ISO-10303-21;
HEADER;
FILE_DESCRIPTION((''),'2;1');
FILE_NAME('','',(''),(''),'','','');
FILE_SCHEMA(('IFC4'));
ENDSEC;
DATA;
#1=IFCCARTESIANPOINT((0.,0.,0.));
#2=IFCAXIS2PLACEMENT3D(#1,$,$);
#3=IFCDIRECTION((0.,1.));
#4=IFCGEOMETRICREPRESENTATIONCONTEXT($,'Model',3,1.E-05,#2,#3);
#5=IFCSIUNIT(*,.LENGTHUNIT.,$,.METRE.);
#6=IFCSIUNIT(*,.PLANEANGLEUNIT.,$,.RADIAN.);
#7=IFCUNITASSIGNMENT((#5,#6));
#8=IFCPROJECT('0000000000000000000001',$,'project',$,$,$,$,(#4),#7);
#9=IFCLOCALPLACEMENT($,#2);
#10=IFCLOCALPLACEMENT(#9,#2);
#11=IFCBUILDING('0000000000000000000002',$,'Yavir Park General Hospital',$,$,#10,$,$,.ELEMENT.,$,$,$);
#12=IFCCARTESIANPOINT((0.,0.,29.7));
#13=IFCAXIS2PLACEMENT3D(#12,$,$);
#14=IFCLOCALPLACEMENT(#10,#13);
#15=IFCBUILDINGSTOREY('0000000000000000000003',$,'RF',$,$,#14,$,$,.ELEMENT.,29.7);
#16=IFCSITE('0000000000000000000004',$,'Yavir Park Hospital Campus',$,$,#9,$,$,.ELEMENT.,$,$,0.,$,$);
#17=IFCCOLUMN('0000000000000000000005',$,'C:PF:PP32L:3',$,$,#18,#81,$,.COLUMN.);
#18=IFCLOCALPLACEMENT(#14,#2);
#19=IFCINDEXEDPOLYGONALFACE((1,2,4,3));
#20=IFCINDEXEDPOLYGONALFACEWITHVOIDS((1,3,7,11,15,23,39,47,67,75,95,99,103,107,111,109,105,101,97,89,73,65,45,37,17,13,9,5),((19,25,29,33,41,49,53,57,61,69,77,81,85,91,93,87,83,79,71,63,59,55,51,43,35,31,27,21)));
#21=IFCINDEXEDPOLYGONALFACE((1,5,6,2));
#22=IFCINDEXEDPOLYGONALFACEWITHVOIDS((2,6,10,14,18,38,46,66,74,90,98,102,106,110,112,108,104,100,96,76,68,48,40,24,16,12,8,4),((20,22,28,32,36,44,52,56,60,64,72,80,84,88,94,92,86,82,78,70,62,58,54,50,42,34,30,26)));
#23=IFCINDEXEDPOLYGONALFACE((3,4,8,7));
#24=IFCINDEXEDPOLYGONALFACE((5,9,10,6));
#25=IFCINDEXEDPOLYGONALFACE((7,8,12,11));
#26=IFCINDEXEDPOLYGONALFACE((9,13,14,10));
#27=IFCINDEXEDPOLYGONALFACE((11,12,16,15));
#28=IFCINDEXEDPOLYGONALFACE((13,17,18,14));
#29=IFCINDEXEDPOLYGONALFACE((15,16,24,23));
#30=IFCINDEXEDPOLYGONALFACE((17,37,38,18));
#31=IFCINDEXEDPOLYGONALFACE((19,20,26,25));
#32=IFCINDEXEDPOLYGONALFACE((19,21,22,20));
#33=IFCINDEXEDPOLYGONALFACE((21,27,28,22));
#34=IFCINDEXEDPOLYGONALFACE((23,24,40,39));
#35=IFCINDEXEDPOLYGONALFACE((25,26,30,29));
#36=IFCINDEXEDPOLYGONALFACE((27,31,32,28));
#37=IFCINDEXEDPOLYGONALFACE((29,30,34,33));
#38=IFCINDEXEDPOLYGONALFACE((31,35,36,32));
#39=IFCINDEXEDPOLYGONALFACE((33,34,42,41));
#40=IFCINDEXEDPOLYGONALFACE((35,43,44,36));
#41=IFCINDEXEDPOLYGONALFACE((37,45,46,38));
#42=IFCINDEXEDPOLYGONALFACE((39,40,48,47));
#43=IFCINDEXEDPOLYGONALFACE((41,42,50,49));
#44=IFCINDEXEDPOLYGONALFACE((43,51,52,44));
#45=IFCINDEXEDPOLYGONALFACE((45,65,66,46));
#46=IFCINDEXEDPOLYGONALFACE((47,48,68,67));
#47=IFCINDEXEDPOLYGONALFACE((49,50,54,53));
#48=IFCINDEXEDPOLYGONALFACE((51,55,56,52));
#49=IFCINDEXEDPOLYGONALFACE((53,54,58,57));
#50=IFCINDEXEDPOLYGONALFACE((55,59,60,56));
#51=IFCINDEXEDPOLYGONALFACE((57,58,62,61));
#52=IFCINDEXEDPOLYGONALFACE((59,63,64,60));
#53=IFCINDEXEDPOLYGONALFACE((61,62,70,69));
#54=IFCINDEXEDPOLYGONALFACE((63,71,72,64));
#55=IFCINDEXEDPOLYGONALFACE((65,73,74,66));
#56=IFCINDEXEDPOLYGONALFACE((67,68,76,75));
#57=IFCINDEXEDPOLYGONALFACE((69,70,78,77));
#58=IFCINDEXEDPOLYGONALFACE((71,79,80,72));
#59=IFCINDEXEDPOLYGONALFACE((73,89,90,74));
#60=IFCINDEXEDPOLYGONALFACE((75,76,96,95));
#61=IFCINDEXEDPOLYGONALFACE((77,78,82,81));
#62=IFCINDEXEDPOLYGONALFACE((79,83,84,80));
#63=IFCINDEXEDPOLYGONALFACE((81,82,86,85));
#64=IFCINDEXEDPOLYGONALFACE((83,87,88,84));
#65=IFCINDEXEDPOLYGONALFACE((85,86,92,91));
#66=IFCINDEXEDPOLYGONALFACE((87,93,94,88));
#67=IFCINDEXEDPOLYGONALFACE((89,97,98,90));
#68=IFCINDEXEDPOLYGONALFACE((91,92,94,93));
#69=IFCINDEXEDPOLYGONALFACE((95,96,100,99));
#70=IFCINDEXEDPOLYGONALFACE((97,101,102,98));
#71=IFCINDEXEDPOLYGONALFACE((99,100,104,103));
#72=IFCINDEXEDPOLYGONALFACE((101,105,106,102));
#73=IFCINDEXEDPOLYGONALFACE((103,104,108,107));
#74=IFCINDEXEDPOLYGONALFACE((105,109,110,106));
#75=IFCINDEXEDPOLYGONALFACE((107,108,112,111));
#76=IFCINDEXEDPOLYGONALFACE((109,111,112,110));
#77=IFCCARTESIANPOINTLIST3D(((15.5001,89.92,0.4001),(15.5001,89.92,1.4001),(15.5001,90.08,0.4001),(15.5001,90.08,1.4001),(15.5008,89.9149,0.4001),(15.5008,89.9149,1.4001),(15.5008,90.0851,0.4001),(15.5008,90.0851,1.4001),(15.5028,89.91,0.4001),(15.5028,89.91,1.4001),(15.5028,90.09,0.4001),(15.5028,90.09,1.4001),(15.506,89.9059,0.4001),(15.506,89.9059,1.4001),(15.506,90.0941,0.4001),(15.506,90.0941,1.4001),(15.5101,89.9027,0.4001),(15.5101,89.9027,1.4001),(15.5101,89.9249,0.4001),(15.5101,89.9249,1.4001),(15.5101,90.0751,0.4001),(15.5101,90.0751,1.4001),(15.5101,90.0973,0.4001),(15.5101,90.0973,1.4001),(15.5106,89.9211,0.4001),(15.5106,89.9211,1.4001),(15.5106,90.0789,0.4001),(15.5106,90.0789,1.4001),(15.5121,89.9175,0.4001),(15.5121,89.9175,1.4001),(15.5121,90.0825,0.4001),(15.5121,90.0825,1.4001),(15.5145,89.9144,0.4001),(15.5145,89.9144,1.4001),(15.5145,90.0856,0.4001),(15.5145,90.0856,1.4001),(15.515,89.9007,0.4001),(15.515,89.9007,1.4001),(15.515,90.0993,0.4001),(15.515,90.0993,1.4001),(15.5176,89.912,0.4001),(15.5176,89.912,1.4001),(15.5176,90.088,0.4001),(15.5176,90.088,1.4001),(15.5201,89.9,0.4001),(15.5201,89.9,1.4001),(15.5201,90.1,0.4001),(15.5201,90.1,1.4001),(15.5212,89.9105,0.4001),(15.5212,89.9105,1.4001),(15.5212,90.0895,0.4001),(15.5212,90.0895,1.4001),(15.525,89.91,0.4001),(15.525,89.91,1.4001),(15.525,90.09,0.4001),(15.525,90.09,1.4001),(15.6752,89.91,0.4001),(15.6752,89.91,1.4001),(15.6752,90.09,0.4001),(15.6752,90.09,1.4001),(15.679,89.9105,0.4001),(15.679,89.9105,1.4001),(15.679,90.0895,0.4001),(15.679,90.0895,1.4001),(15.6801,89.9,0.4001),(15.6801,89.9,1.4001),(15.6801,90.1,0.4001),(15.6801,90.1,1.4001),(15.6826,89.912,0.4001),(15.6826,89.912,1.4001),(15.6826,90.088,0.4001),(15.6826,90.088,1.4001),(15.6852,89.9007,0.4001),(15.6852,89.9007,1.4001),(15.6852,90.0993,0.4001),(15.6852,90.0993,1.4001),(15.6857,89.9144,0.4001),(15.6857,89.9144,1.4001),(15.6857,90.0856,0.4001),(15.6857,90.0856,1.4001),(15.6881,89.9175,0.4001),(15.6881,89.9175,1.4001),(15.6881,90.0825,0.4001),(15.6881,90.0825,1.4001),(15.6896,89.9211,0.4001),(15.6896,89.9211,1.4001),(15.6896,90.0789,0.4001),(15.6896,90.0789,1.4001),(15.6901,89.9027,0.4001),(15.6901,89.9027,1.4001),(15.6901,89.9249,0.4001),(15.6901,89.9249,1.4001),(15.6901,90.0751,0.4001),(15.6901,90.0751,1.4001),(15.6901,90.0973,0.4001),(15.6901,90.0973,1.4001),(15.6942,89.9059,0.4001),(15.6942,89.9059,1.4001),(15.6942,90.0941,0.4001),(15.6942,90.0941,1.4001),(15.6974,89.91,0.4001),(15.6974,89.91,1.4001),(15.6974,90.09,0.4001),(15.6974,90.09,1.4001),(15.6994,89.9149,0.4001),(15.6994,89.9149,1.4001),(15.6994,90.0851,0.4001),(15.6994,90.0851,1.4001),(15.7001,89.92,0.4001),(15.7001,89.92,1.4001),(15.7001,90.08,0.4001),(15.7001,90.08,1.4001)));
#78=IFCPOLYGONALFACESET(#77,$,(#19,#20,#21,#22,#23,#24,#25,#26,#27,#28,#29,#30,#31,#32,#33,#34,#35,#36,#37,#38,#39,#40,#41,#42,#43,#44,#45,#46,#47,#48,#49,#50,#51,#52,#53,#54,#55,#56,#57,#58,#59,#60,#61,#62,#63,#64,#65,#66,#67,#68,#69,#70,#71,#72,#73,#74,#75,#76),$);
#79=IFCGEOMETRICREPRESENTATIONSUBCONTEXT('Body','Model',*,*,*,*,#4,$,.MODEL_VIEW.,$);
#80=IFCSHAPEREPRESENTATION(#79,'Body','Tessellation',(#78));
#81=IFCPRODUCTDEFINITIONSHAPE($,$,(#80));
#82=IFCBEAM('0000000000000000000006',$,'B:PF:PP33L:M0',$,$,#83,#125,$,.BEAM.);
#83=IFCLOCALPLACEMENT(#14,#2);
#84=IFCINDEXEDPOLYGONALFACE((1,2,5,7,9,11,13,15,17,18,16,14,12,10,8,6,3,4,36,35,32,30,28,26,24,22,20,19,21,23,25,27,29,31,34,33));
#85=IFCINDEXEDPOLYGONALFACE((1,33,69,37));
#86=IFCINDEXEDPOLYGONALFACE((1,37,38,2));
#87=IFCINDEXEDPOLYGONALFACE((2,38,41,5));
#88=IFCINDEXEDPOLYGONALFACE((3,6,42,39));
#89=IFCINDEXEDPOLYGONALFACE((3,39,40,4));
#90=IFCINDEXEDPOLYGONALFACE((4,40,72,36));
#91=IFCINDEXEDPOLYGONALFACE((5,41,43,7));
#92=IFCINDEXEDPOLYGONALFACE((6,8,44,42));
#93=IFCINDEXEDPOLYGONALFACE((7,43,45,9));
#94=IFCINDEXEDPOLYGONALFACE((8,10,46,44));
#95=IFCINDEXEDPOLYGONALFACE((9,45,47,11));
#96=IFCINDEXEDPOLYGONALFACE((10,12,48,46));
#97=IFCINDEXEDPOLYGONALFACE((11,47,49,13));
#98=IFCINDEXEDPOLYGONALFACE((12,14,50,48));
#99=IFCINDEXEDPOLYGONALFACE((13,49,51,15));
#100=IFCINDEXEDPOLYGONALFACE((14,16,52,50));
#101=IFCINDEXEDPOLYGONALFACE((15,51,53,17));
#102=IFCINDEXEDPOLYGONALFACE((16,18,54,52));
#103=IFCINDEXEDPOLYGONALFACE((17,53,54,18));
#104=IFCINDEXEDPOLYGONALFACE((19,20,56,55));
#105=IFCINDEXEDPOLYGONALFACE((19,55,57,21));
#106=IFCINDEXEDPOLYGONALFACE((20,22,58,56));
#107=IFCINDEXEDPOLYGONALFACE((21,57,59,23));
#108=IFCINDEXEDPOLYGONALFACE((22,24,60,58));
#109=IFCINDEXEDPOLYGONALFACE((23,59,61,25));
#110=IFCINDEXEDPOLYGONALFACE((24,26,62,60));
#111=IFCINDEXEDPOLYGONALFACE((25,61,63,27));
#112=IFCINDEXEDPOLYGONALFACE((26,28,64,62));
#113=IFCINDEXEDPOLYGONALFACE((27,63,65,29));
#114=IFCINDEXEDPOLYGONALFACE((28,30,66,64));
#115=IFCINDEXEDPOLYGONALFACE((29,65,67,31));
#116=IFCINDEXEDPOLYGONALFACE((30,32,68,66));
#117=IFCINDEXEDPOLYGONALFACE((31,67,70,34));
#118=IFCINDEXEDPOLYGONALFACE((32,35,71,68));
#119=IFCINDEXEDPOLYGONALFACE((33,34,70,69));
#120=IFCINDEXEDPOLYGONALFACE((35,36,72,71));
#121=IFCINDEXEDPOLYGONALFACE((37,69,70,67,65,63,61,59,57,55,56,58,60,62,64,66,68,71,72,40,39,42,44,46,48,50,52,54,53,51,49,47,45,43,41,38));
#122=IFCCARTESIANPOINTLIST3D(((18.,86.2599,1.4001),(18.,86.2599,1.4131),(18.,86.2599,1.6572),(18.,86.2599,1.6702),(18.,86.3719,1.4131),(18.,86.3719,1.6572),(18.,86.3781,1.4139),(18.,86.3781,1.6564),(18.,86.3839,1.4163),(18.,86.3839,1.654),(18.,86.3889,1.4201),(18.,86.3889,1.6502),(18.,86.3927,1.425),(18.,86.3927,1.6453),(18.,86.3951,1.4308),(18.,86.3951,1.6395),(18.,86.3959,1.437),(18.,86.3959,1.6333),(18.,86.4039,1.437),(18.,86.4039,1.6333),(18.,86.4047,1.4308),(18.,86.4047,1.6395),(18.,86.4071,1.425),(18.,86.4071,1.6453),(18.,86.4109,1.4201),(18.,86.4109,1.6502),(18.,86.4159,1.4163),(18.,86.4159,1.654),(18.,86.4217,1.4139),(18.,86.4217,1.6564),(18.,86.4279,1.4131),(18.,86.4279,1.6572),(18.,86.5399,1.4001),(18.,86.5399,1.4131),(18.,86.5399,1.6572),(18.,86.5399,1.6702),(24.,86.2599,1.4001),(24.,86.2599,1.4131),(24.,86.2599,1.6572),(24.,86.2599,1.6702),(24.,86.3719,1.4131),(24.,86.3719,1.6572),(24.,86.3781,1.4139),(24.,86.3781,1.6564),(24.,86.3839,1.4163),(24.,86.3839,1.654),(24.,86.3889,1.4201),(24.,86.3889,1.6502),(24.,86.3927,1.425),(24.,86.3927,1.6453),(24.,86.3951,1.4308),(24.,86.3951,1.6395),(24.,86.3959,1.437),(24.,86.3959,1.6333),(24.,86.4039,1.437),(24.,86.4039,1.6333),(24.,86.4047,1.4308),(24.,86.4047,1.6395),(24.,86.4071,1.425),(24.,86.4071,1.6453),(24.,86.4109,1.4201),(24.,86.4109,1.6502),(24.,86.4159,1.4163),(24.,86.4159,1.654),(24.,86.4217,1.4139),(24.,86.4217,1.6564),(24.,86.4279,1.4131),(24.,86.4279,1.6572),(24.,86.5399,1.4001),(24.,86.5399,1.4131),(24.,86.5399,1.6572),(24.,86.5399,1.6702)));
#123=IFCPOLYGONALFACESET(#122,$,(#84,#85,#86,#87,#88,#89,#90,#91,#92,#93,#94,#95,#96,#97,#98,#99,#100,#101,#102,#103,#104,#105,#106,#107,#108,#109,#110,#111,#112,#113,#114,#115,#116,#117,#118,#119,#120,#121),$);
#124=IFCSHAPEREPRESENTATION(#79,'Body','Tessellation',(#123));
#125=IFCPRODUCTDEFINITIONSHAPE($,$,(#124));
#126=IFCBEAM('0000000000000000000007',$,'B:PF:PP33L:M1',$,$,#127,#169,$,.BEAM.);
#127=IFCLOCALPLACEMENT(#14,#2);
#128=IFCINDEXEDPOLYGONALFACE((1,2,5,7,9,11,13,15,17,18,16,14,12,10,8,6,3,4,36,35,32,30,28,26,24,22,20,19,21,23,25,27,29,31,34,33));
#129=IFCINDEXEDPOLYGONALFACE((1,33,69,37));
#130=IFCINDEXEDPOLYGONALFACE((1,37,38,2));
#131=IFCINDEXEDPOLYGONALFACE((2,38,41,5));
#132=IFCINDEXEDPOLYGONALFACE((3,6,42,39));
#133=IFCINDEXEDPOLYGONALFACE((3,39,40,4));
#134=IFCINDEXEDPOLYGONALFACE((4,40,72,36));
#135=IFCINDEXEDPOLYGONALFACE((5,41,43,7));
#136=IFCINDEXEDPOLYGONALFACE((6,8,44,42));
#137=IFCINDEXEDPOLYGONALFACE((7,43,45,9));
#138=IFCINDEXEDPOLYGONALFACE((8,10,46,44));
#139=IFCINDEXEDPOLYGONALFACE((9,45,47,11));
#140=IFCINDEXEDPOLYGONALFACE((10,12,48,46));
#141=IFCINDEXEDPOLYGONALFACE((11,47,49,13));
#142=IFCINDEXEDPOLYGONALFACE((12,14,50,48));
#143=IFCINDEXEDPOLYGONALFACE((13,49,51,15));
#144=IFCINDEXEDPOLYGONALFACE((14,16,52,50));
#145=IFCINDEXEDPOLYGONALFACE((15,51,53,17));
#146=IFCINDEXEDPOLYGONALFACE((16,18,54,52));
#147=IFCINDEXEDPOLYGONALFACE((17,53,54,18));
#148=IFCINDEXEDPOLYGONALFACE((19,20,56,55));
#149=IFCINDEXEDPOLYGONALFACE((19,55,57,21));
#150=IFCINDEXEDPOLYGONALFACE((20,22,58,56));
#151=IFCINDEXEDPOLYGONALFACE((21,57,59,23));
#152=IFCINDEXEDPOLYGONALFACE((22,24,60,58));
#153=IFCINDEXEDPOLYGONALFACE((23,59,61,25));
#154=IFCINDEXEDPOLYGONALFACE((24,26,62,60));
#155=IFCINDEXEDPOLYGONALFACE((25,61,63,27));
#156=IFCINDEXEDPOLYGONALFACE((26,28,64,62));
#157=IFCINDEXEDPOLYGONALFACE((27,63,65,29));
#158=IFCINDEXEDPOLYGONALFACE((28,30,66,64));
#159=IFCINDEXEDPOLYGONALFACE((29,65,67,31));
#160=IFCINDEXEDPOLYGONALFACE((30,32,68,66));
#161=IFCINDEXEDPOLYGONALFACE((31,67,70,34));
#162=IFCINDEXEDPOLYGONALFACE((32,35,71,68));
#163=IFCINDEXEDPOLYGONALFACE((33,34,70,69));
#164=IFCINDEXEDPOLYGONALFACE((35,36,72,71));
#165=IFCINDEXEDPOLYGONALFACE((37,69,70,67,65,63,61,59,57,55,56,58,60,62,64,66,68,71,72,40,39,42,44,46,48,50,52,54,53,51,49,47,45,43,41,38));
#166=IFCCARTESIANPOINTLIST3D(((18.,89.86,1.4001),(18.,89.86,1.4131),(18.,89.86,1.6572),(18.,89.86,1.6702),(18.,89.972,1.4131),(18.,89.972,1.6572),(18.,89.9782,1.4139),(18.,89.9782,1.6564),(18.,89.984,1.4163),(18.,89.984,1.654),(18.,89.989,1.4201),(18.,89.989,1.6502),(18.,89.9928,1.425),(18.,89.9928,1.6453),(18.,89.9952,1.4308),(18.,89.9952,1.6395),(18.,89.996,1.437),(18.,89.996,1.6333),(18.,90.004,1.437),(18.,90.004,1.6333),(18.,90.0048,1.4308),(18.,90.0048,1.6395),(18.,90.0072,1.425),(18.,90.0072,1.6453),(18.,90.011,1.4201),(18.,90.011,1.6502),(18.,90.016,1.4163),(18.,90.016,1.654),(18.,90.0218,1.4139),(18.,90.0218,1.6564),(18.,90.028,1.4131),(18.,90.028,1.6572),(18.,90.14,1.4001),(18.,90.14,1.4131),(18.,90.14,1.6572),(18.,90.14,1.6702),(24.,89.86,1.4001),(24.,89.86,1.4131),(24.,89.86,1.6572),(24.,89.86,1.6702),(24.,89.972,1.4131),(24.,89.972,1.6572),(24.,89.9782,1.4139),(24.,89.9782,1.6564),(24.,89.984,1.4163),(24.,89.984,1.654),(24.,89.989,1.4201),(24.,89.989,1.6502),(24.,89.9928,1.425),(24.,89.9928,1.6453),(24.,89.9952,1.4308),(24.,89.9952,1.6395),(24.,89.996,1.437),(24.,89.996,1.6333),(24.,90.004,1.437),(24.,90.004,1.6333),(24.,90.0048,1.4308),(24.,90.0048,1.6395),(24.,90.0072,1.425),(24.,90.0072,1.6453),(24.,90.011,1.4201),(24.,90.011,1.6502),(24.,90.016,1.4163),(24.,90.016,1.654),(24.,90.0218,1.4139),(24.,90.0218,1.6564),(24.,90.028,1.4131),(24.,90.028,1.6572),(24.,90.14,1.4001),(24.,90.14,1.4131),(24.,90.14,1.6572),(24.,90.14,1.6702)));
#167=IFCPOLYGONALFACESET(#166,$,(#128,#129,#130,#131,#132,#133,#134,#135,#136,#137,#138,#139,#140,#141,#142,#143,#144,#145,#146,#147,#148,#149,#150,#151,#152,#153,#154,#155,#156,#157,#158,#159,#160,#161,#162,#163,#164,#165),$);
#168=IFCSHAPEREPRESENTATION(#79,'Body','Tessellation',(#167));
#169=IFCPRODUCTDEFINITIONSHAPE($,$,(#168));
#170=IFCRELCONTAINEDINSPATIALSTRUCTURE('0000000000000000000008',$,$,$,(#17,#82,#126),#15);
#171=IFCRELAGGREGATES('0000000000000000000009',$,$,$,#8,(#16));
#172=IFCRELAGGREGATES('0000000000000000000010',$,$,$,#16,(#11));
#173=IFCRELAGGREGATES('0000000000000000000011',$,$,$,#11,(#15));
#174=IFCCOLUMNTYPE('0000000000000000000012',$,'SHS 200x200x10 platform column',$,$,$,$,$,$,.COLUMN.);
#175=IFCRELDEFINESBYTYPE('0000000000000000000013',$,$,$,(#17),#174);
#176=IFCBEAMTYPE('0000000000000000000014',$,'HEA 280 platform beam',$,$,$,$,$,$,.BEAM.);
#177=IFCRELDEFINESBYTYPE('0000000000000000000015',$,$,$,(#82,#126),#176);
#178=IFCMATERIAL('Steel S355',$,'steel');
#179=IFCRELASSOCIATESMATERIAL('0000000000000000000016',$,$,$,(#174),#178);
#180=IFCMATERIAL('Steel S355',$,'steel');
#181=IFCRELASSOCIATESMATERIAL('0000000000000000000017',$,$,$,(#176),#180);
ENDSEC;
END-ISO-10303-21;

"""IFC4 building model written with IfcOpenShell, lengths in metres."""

from ifc_helpers import new_model, si_unit, direction, frame, origin, origin_2d, place, context, subcontext, project, spatial, hollow_rectangle, i_section, extrude, material, material_profile, profile_set, type_object, element, save


model = new_model("IFC4")

# Units and contexts
model_context = context("Model", 3, precision=1e-05, world=origin(), true_north=direction((0.0, 1.0)))
body_context = subcontext(model_context, "Body", "Model", "MODEL_VIEW")
ifc_project = project(units=[si_unit("LENGTHUNIT", "METRE"), si_unit("PLANEANGLEUNIT", "RADIAN")], contexts=[model_context])

# Site, building, storey
site_placement = place(None, origin())
site = spatial("IfcSite", under=ifc_project, at=site_placement, Name="Yavir Park Hospital Campus", CompositionType="ELEMENT", RefElevation=0.0)
building_placement = place(site_placement, origin())
building = spatial("IfcBuilding", under=site, at=building_placement, Name="Yavir Park General Hospital", CompositionType="ELEMENT")
storey_placement = place(building_placement, frame((0.0, 0.0, 29.7)))
storey = spatial("IfcBuildingStorey", under=building, at=storey_placement, Name="RF", CompositionType="ELEMENT", Elevation=29.7)

# Column
ifc_material_1 = material(Name="Steel S355", Category="steel")
ifc_material_profile_1 = material_profile(ifc_material_1, hollow_rectangle(XDim=0.2, YDim=0.2, WallThickness=0.01, InnerFilletRadius=0.0149, OuterFilletRadius=0.02, at=origin_2d()), Name="SHS200x200x10")
ifc_profile_set_1 = profile_set([ifc_material_profile_1], Name="Steel S355")
column_type_1 = type_object("IfcColumnType", Name="SHS 200x200x10 platform column", PredefinedType="COLUMN", material=ifc_profile_set_1)
for number, where, z_axis, x_axis, name in (
    (1, (15.6001, 90.0, 0.4001), (0.0, 0.0, 1.0), (1.0, 0.0, 0.0), "C:PF:PP32L:3"),
):
    element("IfcColumn", number, at=place(storey_placement, frame(where, z_axis=z_axis, x_axis=x_axis)), inside=storey, type_object=column_type_1, Name=name, PredefinedType="COLUMN", context=body_context, shape_type="SweptSolid", body=[
        extrude(hollow_rectangle(XDim=0.2, YDim=0.2, WallThickness=0.01, InnerFilletRadius=0.0149, OuterFilletRadius=0.02, at=origin_2d()), origin(), (0.0, 0.0, 1.0), 1.0),
    ])

# Beams
ifc_material_2 = material(Name="Steel S355", Category="steel")
ifc_material_profile_2 = material_profile(ifc_material_2, i_section(OverallWidth=0.28, OverallDepth=0.27, WebThickness=0.0081, FlangeThickness=0.0129, FilletRadius=0.0239, at=origin_2d()), Name="HEA280")
ifc_profile_set_2 = profile_set([ifc_material_profile_2], Name="Steel S355")
beam_type_1 = type_object("IfcBeamType", Name="HEA 280 platform beam", PredefinedType="BEAM", material=ifc_profile_set_2)
for number, where, z_axis, x_axis, name in (
    (2, (18.0, 86.3999, 1.5352), (1.0, 0.0, 0.0), (0.0, 1.0, 0.0), "B:PF:PP33L:M0"),
    (3, (18.0, 90.0, 1.5352), (1.0, 0.0, 0.0), (0.0, 1.0, 0.0), "B:PF:PP33L:M1"),
):
    element("IfcBeam", number, at=place(storey_placement, frame(where, z_axis=z_axis, x_axis=x_axis)), inside=storey, type_object=beam_type_1, Name=name, PredefinedType="BEAM", context=body_context, shape_type="SweptSolid", body=[
        extrude(i_section(OverallWidth=0.28, OverallDepth=0.27, WebThickness=0.0081, FlangeThickness=0.0129, FilletRadius=0.0239, at=origin_2d()), origin(), (0.0, 0.0, 1.0), 6.0),
    ])

save(model, "model.ifc")
